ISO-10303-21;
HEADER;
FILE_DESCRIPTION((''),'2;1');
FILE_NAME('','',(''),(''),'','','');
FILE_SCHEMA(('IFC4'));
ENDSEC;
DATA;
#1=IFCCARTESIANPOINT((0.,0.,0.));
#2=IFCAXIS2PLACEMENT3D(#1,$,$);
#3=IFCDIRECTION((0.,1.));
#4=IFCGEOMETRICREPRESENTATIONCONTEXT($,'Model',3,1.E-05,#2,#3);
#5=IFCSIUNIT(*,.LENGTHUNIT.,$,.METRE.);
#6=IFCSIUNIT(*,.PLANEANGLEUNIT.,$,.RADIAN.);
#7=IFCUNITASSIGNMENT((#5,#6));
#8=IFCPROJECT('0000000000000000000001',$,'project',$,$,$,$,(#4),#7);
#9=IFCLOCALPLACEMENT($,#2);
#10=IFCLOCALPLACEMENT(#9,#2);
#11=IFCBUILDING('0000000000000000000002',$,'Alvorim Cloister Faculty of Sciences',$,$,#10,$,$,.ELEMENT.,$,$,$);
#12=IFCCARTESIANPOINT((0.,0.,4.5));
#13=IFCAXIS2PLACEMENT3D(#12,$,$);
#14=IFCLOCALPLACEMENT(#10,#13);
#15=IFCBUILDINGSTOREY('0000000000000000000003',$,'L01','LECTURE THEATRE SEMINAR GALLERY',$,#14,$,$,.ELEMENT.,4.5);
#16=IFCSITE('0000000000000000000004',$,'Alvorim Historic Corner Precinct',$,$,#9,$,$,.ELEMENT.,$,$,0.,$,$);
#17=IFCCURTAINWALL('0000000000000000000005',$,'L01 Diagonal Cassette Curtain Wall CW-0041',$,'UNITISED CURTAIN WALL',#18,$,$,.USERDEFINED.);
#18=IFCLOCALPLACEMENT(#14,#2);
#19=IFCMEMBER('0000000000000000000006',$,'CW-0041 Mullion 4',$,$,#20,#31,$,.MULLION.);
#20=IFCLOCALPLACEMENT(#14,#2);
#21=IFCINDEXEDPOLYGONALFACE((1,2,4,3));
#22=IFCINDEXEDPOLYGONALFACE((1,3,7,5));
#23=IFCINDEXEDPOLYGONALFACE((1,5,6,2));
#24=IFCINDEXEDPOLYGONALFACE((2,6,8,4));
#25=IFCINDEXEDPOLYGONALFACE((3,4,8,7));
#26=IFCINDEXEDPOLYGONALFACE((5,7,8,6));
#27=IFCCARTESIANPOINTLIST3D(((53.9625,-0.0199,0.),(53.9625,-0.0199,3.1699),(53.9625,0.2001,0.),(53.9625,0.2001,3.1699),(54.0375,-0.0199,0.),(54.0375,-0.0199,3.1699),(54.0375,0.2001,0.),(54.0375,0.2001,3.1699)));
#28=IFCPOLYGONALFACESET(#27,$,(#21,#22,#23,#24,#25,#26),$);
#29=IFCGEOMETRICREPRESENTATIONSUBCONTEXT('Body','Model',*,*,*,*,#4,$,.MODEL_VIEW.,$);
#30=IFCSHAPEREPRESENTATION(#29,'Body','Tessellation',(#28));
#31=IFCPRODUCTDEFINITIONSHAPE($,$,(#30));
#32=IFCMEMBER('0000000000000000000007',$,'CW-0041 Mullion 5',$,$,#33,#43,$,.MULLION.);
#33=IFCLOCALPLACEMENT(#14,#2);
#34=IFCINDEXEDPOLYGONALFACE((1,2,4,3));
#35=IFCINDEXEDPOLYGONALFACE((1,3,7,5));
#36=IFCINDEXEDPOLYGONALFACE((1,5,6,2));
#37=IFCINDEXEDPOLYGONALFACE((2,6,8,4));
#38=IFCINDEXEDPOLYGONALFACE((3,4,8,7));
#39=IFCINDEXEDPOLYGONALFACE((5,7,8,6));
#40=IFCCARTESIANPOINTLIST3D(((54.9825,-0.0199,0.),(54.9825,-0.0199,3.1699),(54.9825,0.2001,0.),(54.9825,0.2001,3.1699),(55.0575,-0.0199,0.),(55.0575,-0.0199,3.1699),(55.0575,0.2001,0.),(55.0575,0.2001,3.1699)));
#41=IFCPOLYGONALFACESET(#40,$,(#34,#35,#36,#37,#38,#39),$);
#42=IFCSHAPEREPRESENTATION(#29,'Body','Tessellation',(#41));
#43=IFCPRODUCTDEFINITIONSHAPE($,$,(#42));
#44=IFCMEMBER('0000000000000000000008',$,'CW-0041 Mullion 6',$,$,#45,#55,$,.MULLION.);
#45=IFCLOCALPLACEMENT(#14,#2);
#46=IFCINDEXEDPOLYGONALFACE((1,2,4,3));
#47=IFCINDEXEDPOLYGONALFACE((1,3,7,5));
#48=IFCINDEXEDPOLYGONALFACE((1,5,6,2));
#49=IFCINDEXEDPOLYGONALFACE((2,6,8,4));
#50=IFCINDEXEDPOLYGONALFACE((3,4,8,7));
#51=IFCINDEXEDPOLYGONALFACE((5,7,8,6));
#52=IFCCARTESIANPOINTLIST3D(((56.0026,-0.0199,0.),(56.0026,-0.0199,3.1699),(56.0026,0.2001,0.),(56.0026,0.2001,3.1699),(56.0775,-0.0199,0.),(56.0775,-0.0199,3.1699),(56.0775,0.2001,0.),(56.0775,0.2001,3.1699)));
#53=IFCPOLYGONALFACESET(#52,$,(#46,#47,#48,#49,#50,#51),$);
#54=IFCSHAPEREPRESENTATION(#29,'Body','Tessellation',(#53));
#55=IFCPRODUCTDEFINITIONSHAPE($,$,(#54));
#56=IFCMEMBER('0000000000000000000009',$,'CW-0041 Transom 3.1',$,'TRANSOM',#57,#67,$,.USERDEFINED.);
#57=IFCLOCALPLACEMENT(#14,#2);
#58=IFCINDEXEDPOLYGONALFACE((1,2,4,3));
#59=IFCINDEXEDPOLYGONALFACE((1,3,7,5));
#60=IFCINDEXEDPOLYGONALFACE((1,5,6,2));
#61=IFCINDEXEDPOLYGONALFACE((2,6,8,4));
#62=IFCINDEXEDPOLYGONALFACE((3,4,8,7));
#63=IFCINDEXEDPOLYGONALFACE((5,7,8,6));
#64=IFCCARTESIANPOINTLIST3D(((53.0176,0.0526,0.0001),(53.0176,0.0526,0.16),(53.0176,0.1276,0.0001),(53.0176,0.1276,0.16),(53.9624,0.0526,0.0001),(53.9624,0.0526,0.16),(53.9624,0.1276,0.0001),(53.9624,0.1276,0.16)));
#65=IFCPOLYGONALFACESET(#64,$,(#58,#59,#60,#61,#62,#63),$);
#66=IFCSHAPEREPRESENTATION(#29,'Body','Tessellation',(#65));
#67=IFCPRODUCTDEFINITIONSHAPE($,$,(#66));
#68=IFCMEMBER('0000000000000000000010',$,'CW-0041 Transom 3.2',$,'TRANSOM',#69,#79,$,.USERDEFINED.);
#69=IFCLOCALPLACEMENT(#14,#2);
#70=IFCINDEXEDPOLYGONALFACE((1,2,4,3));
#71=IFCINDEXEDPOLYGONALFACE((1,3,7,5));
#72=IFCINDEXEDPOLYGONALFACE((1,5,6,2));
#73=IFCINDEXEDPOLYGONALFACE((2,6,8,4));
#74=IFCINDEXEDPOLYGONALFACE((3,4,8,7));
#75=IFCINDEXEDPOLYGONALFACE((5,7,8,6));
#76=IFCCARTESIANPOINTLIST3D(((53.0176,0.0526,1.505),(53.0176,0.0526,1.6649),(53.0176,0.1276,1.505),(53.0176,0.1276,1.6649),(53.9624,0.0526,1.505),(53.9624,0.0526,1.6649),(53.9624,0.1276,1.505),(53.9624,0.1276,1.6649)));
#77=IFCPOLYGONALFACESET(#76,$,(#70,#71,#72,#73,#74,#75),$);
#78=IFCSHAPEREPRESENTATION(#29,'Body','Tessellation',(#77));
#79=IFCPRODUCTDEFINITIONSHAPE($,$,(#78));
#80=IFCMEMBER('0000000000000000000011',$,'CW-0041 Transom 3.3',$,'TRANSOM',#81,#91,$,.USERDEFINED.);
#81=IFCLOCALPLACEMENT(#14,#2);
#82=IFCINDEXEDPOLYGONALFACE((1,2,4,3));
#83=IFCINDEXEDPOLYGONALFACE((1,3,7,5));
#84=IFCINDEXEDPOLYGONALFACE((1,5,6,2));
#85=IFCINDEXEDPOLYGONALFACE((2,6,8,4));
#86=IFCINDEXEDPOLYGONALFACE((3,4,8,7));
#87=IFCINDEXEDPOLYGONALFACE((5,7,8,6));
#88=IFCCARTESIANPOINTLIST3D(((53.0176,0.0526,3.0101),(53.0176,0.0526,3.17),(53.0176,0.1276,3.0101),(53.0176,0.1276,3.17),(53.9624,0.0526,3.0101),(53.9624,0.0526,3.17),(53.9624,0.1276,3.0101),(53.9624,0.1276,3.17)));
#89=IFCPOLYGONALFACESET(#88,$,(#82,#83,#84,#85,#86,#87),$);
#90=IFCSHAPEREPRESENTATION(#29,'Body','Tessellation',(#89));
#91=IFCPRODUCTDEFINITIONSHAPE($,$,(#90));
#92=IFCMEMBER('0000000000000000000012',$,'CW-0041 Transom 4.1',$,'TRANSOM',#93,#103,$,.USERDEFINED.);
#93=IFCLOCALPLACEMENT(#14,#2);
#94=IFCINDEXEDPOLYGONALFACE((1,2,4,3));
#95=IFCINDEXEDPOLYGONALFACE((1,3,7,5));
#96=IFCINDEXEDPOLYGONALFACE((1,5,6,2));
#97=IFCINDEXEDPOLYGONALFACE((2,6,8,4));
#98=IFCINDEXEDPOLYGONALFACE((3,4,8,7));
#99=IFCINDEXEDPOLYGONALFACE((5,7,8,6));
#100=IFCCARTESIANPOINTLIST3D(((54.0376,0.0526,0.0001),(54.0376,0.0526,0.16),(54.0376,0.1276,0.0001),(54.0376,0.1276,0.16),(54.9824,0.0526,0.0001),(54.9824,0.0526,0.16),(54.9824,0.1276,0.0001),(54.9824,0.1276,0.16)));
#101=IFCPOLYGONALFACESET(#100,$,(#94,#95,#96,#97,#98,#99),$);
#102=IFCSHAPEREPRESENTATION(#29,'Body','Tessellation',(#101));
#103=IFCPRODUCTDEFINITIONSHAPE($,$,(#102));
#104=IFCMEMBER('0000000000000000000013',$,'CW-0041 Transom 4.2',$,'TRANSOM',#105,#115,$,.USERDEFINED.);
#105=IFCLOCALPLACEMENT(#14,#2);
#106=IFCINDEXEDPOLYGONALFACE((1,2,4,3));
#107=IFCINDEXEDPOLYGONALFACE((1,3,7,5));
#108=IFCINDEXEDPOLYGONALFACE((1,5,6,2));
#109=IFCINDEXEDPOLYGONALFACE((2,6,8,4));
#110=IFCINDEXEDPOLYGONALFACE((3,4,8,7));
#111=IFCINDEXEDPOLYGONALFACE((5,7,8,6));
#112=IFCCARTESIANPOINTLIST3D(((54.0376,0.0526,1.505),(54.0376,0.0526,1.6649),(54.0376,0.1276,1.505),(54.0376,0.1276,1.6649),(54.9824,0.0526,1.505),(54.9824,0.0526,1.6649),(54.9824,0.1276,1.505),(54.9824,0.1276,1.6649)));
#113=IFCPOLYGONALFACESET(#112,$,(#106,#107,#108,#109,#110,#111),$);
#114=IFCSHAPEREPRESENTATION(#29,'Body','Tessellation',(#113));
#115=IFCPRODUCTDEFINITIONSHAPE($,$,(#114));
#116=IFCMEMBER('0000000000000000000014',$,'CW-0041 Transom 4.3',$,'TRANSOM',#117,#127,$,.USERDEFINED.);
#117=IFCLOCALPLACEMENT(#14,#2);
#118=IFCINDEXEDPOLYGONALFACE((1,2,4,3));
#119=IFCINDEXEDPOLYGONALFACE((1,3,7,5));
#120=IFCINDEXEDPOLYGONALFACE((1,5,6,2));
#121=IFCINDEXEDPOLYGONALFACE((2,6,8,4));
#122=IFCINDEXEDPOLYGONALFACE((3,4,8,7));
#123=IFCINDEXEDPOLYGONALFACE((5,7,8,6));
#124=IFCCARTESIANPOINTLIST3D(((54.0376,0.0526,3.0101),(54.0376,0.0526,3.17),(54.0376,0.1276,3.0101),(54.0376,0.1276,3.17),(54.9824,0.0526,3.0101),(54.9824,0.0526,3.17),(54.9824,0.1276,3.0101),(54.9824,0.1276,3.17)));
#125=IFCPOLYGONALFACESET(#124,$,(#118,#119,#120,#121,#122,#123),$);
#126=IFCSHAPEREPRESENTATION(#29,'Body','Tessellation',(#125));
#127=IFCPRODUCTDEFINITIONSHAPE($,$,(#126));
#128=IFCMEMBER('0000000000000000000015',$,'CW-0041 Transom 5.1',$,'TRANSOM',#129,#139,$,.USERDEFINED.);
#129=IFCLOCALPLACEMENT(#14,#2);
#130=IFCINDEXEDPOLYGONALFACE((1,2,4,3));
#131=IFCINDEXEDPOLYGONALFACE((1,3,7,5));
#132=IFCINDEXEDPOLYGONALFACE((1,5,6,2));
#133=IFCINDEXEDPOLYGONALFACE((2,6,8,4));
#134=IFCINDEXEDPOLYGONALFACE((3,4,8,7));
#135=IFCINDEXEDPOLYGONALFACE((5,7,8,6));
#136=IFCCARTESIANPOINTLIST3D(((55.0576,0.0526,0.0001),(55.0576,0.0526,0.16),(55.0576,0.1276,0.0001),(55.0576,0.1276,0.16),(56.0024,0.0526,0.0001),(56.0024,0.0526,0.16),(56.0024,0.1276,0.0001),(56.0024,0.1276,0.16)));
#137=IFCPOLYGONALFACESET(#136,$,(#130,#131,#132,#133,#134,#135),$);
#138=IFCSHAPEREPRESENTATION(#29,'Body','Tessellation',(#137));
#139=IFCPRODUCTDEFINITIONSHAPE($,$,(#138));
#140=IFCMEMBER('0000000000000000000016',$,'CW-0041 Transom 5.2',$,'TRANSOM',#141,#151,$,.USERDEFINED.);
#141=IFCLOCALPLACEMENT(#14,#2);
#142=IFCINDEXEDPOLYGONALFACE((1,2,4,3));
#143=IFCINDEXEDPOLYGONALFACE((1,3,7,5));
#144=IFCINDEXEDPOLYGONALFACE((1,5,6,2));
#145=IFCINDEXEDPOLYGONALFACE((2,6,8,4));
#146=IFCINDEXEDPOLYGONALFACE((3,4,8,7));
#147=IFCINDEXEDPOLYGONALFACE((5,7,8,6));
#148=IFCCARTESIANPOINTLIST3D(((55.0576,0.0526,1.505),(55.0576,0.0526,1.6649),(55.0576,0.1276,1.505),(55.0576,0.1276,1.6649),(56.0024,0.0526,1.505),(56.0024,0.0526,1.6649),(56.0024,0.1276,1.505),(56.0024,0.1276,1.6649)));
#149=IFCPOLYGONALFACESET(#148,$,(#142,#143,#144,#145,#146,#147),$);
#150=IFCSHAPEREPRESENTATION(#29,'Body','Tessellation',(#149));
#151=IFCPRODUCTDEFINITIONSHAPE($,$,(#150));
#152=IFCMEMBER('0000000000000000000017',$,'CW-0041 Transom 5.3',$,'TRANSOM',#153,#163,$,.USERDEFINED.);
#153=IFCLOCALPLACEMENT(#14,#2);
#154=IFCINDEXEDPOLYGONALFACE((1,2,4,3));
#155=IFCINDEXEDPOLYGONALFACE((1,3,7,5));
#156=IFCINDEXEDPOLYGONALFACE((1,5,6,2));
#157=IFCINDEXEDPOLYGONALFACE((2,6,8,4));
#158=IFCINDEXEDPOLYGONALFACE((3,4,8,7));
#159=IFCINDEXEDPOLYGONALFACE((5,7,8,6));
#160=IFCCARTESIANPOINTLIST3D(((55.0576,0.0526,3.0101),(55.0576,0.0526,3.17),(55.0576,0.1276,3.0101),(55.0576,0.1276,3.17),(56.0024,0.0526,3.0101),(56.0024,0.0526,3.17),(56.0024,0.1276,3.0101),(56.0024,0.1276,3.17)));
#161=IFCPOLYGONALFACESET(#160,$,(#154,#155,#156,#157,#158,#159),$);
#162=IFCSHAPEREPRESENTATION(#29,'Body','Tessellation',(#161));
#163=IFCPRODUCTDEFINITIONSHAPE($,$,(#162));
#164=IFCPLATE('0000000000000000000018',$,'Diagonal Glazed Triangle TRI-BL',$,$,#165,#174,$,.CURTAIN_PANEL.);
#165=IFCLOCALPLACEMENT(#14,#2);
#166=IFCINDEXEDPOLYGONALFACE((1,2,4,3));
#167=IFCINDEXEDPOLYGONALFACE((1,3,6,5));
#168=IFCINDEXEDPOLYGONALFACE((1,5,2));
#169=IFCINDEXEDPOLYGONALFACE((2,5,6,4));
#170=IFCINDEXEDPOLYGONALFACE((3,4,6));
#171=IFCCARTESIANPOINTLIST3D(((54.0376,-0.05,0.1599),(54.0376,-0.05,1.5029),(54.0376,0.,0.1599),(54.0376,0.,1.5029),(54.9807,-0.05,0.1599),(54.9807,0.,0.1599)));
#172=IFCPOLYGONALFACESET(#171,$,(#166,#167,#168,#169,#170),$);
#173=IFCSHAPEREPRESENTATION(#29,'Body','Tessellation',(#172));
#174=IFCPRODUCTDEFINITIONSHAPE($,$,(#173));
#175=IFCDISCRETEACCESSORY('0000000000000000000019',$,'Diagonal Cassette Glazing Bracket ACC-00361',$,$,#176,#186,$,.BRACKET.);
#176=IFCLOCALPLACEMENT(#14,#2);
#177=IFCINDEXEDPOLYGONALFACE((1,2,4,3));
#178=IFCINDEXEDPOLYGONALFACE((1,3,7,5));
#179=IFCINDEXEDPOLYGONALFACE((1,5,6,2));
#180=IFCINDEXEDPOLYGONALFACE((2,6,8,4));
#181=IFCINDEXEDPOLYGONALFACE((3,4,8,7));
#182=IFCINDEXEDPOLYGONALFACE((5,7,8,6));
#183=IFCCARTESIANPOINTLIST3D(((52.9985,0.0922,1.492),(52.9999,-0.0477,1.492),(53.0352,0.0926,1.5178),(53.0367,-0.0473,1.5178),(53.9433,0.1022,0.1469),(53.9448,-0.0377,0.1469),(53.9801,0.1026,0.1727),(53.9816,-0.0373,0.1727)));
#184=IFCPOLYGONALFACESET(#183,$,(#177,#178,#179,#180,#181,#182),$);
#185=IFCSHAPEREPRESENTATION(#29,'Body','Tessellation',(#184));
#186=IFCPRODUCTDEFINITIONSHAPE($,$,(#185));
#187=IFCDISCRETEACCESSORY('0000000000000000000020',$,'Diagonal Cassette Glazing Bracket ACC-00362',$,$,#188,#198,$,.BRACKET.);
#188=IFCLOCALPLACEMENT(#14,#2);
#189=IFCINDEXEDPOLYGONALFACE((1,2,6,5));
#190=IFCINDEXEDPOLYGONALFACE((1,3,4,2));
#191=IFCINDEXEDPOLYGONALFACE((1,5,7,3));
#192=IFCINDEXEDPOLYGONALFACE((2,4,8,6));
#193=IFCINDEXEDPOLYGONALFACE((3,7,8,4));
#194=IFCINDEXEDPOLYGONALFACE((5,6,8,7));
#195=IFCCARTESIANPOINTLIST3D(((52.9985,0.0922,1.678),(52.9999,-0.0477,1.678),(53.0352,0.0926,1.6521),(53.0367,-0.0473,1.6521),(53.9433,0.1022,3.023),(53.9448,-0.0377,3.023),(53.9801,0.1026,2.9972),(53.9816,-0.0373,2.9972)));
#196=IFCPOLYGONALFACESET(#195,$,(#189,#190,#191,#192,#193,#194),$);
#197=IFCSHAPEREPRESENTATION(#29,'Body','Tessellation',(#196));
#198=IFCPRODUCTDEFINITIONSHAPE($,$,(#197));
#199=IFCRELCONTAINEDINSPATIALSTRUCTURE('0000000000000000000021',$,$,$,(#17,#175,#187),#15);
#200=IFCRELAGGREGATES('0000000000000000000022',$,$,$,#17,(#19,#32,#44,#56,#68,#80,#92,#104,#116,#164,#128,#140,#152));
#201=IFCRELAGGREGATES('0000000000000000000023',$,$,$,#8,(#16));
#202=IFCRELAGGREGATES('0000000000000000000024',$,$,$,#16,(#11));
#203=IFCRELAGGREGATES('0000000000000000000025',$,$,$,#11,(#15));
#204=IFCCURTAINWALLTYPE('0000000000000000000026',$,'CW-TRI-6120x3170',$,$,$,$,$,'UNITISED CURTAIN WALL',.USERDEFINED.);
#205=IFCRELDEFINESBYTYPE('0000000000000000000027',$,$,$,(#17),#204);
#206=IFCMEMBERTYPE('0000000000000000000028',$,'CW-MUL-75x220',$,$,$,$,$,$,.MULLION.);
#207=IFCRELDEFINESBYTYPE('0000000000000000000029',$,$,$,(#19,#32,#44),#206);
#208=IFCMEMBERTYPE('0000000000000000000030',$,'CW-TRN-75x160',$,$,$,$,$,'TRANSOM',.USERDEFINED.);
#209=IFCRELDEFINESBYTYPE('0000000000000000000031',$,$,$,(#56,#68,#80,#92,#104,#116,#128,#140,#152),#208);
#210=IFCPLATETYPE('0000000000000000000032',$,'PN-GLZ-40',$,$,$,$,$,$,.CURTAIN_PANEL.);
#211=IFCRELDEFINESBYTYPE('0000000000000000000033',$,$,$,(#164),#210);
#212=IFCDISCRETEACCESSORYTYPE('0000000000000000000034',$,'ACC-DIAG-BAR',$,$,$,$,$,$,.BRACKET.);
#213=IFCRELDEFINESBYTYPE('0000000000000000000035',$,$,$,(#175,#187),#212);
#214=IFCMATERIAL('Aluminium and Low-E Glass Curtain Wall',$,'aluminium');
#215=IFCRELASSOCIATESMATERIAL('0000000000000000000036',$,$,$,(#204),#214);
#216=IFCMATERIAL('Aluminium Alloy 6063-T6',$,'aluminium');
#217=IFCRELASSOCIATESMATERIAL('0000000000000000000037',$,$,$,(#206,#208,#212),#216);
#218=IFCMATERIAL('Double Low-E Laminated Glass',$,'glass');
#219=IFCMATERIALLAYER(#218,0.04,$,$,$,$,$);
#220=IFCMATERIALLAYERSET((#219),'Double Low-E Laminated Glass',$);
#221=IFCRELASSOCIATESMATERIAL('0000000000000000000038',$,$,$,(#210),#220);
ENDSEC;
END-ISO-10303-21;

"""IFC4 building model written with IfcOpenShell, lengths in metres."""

from ifc_helpers import new_model, si_unit, direction, frame, origin, origin_2d, place, context, subcontext, project, spatial, polyline, rectangle, outline, extrude, material, layer, layer_set, material_profile, profile_set, type_object, element, aggregate, save


model = new_model("IFC4")

# Units and contexts
model_context = context("Model", 3, precision=1e-05, world=origin(), true_north=direction((0.0, 1.0)))
body_context = subcontext(model_context, "Body", "Model", "MODEL_VIEW")
ifc_project = project(units=[si_unit("LENGTHUNIT", "METRE"), si_unit("PLANEANGLEUNIT", "RADIAN")], contexts=[model_context])

# Site, building, storey
site_placement = place(None, origin())
site = spatial("IfcSite", under=ifc_project, at=site_placement, Name="Alvorim Historic Corner Precinct", CompositionType="ELEMENT", RefElevation=0.0)
building_placement = place(site_placement, origin())
building = spatial("IfcBuilding", under=site, at=building_placement, Name="Alvorim Cloister Faculty of Sciences", CompositionType="ELEMENT")
storey_placement = place(building_placement, frame((0.0, 0.0, 4.5)))
storey = spatial("IfcBuildingStorey", under=building, at=storey_placement, Name="L01", Description="LECTURE THEATRE SEMINAR GALLERY", CompositionType="ELEMENT", Elevation=4.5)

# Curtain wall, members, plate
ifc_material_1 = material(Name="Aluminium and Low-E Glass Curtain Wall", Category="aluminium")
curtain_wall_type = type_object("IfcCurtainWallType", Name="CW-TRI-6120x3170", ElementType="UNITISED CURTAIN WALL", PredefinedType="USERDEFINED", material=ifc_material_1)
curtain_wall_placement = place(storey_placement, origin())
curtain_wall = element("IfcCurtainWall", 1, at=curtain_wall_placement, inside=storey, type_object=curtain_wall_type, Name="L01 Diagonal Cassette Curtain Wall CW-0041", ObjectType="UNITISED CURTAIN WALL", PredefinedType="USERDEFINED")
ifc_material_2 = material(Name="Aluminium Alloy 6063-T6", Category="aluminium")
ifc_material_profile_1 = material_profile(ifc_material_2, rectangle(XDim=0.075, YDim=0.22, at=origin_2d()), Name="ALU-MUL-75x220")
ifc_profile_set_1 = profile_set([ifc_material_profile_1], Name="Aluminium Alloy 6063-T6")
member_type_1 = type_object("IfcMemberType", Name="CW-MUL-75x220", PredefinedType="MULLION", material=ifc_profile_set_1)
member_1_placement = place(storey_placement, frame((54.0, 0.0901, 0.0), z_axis=(0.0, 0.0, 1.0), x_axis=(1.0, 0.0, 0.0)))
member_1 = element("IfcMember", 2, at=member_1_placement, type_object=member_type_1, Name="CW-0041 Mullion 4", PredefinedType="MULLION", context=body_context, shape_type="SweptSolid", body=[
    extrude(rectangle(XDim=0.075, YDim=0.22, at=origin_2d()), origin(), (0.0, 0.0, 1.0), 3.1699),
])
member_2_placement = place(storey_placement, frame((55.02, 0.0901, 0.0), z_axis=(0.0, 0.0, 1.0), x_axis=(1.0, 0.0, 0.0)))
member_2 = element("IfcMember", 3, at=member_2_placement, type_object=member_type_1, Name="CW-0041 Mullion 5", PredefinedType="MULLION", context=body_context, shape_type="SweptSolid", body=[
    extrude(rectangle(XDim=0.075, YDim=0.22, at=origin_2d()), origin(), (0.0, 0.0, 1.0), 3.1699),
])
member_3_placement = place(storey_placement, frame((56.04, 0.0901, 0.0), z_axis=(0.0, 0.0, 1.0), x_axis=(1.0, 0.0, 0.0)))
member_3 = element("IfcMember", 4, at=member_3_placement, type_object=member_type_1, Name="CW-0041 Mullion 6", PredefinedType="MULLION", context=body_context, shape_type="SweptSolid", body=[
    extrude(rectangle(XDim=0.075, YDim=0.22, at=origin_2d()), origin(), (0.0, 0.0, 1.0), 3.1699),
])
ifc_material_profile_2 = material_profile(ifc_material_2, rectangle(XDim=0.075, YDim=0.1599, at=origin_2d()), Name="ALU-TRN-75x160")
ifc_profile_set_2 = profile_set([ifc_material_profile_2], Name="Aluminium Alloy 6063-T6")
member_type_2 = type_object("IfcMemberType", Name="CW-TRN-75x160", ElementType="TRANSOM", PredefinedType="USERDEFINED", material=ifc_profile_set_2)
member_4_placement = place(storey_placement, frame((53.0176, 0.0901, 0.0801), z_axis=(1.0, 0.0, 0.0), x_axis=(0.0, 1.0, 0.0)))
member_4 = element("IfcMember", 5, at=member_4_placement, type_object=member_type_2, Name="CW-0041 Transom 3.1", ObjectType="TRANSOM", PredefinedType="USERDEFINED", context=body_context, shape_type="SweptSolid", body=[
    extrude(rectangle(XDim=0.075, YDim=0.1599, at=origin_2d()), origin(), (0.0, 0.0, 1.0), 0.9448),
])
member_5_placement = place(storey_placement, frame((53.0176, 0.0901, 1.585), z_axis=(1.0, 0.0, 0.0), x_axis=(0.0, 1.0, 0.0)))
member_5 = element("IfcMember", 6, at=member_5_placement, type_object=member_type_2, Name="CW-0041 Transom 3.2", ObjectType="TRANSOM", PredefinedType="USERDEFINED", context=body_context, shape_type="SweptSolid", body=[
    extrude(rectangle(XDim=0.075, YDim=0.1599, at=origin_2d()), origin(), (0.0, 0.0, 1.0), 0.9448),
])
member_6_placement = place(storey_placement, frame((53.0176, 0.0901, 3.0901), z_axis=(1.0, 0.0, 0.0), x_axis=(0.0, 1.0, 0.0)))
member_6 = element("IfcMember", 7, at=member_6_placement, type_object=member_type_2, Name="CW-0041 Transom 3.3", ObjectType="TRANSOM", PredefinedType="USERDEFINED", context=body_context, shape_type="SweptSolid", body=[
    extrude(rectangle(XDim=0.075, YDim=0.1599, at=origin_2d()), origin(), (0.0, 0.0, 1.0), 0.9448),
])
member_7_placement = place(storey_placement, frame((54.0376, 0.0901, 0.0801), z_axis=(1.0, 0.0, 0.0), x_axis=(0.0, 1.0, 0.0)))
member_7 = element("IfcMember", 8, at=member_7_placement, type_object=member_type_2, Name="CW-0041 Transom 4.1", ObjectType="TRANSOM", PredefinedType="USERDEFINED", context=body_context, shape_type="SweptSolid", body=[
    extrude(rectangle(XDim=0.075, YDim=0.1599, at=origin_2d()), origin(), (0.0, 0.0, 1.0), 0.9448),
])
member_8_placement = place(storey_placement, frame((54.0376, 0.0901, 1.585), z_axis=(1.0, 0.0, 0.0), x_axis=(0.0, 1.0, 0.0)))
member_8 = element("IfcMember", 9, at=member_8_placement, type_object=member_type_2, Name="CW-0041 Transom 4.2", ObjectType="TRANSOM", PredefinedType="USERDEFINED", context=body_context, shape_type="SweptSolid", body=[
    extrude(rectangle(XDim=0.075, YDim=0.1599, at=origin_2d()), origin(), (0.0, 0.0, 1.0), 0.9448),
])
member_9_placement = place(storey_placement, frame((54.0376, 0.0901, 3.0901), z_axis=(1.0, 0.0, 0.0), x_axis=(0.0, 1.0, 0.0)))
member_9 = element("IfcMember", 10, at=member_9_placement, type_object=member_type_2, Name="CW-0041 Transom 4.3", ObjectType="TRANSOM", PredefinedType="USERDEFINED", context=body_context, shape_type="SweptSolid", body=[
    extrude(rectangle(XDim=0.075, YDim=0.1599, at=origin_2d()), origin(), (0.0, 0.0, 1.0), 0.9448),
])
member_10_placement = place(storey_placement, frame((55.0576, 0.0901, 0.0801), z_axis=(1.0, 0.0, 0.0), x_axis=(0.0, 1.0, 0.0)))
member_10 = element("IfcMember", 11, at=member_10_placement, type_object=member_type_2, Name="CW-0041 Transom 5.1", ObjectType="TRANSOM", PredefinedType="USERDEFINED", context=body_context, shape_type="SweptSolid", body=[
    extrude(rectangle(XDim=0.075, YDim=0.1599, at=origin_2d()), origin(), (0.0, 0.0, 1.0), 0.9448),
])
member_11_placement = place(storey_placement, frame((55.0576, 0.0901, 1.585), z_axis=(1.0, 0.0, 0.0), x_axis=(0.0, 1.0, 0.0)))
member_11 = element("IfcMember", 12, at=member_11_placement, type_object=member_type_2, Name="CW-0041 Transom 5.2", ObjectType="TRANSOM", PredefinedType="USERDEFINED", context=body_context, shape_type="SweptSolid", body=[
    extrude(rectangle(XDim=0.075, YDim=0.1599, at=origin_2d()), origin(), (0.0, 0.0, 1.0), 0.9448),
])
member_12_placement = place(storey_placement, frame((55.0576, 0.0901, 3.0901), z_axis=(1.0, 0.0, 0.0), x_axis=(0.0, 1.0, 0.0)))
member_12 = element("IfcMember", 13, at=member_12_placement, type_object=member_type_2, Name="CW-0041 Transom 5.3", ObjectType="TRANSOM", PredefinedType="USERDEFINED", context=body_context, shape_type="SweptSolid", body=[
    extrude(rectangle(XDim=0.075, YDim=0.1599, at=origin_2d()), origin(), (0.0, 0.0, 1.0), 0.9448),
])
ifc_material_3 = material(Name="Double Low-E Laminated Glass", Category="glass")
ifc_layer = layer(ifc_material_3, 0.04)
ifc_layer_set = layer_set([ifc_layer], Name="Double Low-E Laminated Glass")
plate_type = type_object("IfcPlateType", Name="PN-GLZ-40", PredefinedType="CURTAIN_PANEL", material=ifc_layer_set)
plate_1_placement = place(storey_placement, frame((54.0376, -0.0249, 0.1599), z_axis=(0.0, 0.0, 1.0), x_axis=(1.0, 0.0, 0.0)))
plate_1 = element("IfcPlate", 14, at=plate_1_placement, type_object=plate_type, Name="Diagonal Glazed Triangle TRI-BL", PredefinedType="CURTAIN_PANEL", context=body_context, shape_type="SweptSolid", body=[
    extrude(outline(polyline([(0.0, 0.0), (0.9431, 0.0), (0.0, 1.343), (0.0, 0.0)])), frame((0.0, 0.0249, 0.0), z_axis=(0.0, -1.0, 0.0), x_axis=(1.0, 0.0, 0.0)), (0.0, 0.0, 1.0), 0.05),
])
aggregate(curtain_wall, [member_1, member_2, member_3, member_4, member_5, member_6, member_7, member_8, member_9, plate_1, member_10, member_11, member_12])

# Discrete accessories
discrete_accessory_type = type_object("IfcDiscreteAccessoryType", Name="ACC-DIAG-BAR", PredefinedType="BRACKET", material=ifc_material_2)
for number, where, z_axis, x_axis, name in (
    (15, (53.0176, 0.0225, 1.5049), (0.574817, 0.00609, -0.81826), (-0.010594, 0.999944, 0.0), "Diagonal Cassette Glazing Bracket ACC-00361"),
    (16, (53.0176, 0.0225, 1.665), (0.574817, 0.00609, 0.81826), (-0.010594, 0.999944, 0.0), "Diagonal Cassette Glazing Bracket ACC-00362"),
):
    element("IfcDiscreteAccessory", number, at=place(storey_placement, frame(where, z_axis=z_axis, x_axis=x_axis)), inside=storey, type_object=discrete_accessory_type, Name=name, PredefinedType="BRACKET", context=body_context, shape_type="SweptSolid", body=[
        extrude(rectangle(XDim=0.1399, YDim=0.0449, at=origin_2d()), origin(), (0.0, 0.0, 1.0), 1.6438),
    ])

save(model, "model.ifc")
